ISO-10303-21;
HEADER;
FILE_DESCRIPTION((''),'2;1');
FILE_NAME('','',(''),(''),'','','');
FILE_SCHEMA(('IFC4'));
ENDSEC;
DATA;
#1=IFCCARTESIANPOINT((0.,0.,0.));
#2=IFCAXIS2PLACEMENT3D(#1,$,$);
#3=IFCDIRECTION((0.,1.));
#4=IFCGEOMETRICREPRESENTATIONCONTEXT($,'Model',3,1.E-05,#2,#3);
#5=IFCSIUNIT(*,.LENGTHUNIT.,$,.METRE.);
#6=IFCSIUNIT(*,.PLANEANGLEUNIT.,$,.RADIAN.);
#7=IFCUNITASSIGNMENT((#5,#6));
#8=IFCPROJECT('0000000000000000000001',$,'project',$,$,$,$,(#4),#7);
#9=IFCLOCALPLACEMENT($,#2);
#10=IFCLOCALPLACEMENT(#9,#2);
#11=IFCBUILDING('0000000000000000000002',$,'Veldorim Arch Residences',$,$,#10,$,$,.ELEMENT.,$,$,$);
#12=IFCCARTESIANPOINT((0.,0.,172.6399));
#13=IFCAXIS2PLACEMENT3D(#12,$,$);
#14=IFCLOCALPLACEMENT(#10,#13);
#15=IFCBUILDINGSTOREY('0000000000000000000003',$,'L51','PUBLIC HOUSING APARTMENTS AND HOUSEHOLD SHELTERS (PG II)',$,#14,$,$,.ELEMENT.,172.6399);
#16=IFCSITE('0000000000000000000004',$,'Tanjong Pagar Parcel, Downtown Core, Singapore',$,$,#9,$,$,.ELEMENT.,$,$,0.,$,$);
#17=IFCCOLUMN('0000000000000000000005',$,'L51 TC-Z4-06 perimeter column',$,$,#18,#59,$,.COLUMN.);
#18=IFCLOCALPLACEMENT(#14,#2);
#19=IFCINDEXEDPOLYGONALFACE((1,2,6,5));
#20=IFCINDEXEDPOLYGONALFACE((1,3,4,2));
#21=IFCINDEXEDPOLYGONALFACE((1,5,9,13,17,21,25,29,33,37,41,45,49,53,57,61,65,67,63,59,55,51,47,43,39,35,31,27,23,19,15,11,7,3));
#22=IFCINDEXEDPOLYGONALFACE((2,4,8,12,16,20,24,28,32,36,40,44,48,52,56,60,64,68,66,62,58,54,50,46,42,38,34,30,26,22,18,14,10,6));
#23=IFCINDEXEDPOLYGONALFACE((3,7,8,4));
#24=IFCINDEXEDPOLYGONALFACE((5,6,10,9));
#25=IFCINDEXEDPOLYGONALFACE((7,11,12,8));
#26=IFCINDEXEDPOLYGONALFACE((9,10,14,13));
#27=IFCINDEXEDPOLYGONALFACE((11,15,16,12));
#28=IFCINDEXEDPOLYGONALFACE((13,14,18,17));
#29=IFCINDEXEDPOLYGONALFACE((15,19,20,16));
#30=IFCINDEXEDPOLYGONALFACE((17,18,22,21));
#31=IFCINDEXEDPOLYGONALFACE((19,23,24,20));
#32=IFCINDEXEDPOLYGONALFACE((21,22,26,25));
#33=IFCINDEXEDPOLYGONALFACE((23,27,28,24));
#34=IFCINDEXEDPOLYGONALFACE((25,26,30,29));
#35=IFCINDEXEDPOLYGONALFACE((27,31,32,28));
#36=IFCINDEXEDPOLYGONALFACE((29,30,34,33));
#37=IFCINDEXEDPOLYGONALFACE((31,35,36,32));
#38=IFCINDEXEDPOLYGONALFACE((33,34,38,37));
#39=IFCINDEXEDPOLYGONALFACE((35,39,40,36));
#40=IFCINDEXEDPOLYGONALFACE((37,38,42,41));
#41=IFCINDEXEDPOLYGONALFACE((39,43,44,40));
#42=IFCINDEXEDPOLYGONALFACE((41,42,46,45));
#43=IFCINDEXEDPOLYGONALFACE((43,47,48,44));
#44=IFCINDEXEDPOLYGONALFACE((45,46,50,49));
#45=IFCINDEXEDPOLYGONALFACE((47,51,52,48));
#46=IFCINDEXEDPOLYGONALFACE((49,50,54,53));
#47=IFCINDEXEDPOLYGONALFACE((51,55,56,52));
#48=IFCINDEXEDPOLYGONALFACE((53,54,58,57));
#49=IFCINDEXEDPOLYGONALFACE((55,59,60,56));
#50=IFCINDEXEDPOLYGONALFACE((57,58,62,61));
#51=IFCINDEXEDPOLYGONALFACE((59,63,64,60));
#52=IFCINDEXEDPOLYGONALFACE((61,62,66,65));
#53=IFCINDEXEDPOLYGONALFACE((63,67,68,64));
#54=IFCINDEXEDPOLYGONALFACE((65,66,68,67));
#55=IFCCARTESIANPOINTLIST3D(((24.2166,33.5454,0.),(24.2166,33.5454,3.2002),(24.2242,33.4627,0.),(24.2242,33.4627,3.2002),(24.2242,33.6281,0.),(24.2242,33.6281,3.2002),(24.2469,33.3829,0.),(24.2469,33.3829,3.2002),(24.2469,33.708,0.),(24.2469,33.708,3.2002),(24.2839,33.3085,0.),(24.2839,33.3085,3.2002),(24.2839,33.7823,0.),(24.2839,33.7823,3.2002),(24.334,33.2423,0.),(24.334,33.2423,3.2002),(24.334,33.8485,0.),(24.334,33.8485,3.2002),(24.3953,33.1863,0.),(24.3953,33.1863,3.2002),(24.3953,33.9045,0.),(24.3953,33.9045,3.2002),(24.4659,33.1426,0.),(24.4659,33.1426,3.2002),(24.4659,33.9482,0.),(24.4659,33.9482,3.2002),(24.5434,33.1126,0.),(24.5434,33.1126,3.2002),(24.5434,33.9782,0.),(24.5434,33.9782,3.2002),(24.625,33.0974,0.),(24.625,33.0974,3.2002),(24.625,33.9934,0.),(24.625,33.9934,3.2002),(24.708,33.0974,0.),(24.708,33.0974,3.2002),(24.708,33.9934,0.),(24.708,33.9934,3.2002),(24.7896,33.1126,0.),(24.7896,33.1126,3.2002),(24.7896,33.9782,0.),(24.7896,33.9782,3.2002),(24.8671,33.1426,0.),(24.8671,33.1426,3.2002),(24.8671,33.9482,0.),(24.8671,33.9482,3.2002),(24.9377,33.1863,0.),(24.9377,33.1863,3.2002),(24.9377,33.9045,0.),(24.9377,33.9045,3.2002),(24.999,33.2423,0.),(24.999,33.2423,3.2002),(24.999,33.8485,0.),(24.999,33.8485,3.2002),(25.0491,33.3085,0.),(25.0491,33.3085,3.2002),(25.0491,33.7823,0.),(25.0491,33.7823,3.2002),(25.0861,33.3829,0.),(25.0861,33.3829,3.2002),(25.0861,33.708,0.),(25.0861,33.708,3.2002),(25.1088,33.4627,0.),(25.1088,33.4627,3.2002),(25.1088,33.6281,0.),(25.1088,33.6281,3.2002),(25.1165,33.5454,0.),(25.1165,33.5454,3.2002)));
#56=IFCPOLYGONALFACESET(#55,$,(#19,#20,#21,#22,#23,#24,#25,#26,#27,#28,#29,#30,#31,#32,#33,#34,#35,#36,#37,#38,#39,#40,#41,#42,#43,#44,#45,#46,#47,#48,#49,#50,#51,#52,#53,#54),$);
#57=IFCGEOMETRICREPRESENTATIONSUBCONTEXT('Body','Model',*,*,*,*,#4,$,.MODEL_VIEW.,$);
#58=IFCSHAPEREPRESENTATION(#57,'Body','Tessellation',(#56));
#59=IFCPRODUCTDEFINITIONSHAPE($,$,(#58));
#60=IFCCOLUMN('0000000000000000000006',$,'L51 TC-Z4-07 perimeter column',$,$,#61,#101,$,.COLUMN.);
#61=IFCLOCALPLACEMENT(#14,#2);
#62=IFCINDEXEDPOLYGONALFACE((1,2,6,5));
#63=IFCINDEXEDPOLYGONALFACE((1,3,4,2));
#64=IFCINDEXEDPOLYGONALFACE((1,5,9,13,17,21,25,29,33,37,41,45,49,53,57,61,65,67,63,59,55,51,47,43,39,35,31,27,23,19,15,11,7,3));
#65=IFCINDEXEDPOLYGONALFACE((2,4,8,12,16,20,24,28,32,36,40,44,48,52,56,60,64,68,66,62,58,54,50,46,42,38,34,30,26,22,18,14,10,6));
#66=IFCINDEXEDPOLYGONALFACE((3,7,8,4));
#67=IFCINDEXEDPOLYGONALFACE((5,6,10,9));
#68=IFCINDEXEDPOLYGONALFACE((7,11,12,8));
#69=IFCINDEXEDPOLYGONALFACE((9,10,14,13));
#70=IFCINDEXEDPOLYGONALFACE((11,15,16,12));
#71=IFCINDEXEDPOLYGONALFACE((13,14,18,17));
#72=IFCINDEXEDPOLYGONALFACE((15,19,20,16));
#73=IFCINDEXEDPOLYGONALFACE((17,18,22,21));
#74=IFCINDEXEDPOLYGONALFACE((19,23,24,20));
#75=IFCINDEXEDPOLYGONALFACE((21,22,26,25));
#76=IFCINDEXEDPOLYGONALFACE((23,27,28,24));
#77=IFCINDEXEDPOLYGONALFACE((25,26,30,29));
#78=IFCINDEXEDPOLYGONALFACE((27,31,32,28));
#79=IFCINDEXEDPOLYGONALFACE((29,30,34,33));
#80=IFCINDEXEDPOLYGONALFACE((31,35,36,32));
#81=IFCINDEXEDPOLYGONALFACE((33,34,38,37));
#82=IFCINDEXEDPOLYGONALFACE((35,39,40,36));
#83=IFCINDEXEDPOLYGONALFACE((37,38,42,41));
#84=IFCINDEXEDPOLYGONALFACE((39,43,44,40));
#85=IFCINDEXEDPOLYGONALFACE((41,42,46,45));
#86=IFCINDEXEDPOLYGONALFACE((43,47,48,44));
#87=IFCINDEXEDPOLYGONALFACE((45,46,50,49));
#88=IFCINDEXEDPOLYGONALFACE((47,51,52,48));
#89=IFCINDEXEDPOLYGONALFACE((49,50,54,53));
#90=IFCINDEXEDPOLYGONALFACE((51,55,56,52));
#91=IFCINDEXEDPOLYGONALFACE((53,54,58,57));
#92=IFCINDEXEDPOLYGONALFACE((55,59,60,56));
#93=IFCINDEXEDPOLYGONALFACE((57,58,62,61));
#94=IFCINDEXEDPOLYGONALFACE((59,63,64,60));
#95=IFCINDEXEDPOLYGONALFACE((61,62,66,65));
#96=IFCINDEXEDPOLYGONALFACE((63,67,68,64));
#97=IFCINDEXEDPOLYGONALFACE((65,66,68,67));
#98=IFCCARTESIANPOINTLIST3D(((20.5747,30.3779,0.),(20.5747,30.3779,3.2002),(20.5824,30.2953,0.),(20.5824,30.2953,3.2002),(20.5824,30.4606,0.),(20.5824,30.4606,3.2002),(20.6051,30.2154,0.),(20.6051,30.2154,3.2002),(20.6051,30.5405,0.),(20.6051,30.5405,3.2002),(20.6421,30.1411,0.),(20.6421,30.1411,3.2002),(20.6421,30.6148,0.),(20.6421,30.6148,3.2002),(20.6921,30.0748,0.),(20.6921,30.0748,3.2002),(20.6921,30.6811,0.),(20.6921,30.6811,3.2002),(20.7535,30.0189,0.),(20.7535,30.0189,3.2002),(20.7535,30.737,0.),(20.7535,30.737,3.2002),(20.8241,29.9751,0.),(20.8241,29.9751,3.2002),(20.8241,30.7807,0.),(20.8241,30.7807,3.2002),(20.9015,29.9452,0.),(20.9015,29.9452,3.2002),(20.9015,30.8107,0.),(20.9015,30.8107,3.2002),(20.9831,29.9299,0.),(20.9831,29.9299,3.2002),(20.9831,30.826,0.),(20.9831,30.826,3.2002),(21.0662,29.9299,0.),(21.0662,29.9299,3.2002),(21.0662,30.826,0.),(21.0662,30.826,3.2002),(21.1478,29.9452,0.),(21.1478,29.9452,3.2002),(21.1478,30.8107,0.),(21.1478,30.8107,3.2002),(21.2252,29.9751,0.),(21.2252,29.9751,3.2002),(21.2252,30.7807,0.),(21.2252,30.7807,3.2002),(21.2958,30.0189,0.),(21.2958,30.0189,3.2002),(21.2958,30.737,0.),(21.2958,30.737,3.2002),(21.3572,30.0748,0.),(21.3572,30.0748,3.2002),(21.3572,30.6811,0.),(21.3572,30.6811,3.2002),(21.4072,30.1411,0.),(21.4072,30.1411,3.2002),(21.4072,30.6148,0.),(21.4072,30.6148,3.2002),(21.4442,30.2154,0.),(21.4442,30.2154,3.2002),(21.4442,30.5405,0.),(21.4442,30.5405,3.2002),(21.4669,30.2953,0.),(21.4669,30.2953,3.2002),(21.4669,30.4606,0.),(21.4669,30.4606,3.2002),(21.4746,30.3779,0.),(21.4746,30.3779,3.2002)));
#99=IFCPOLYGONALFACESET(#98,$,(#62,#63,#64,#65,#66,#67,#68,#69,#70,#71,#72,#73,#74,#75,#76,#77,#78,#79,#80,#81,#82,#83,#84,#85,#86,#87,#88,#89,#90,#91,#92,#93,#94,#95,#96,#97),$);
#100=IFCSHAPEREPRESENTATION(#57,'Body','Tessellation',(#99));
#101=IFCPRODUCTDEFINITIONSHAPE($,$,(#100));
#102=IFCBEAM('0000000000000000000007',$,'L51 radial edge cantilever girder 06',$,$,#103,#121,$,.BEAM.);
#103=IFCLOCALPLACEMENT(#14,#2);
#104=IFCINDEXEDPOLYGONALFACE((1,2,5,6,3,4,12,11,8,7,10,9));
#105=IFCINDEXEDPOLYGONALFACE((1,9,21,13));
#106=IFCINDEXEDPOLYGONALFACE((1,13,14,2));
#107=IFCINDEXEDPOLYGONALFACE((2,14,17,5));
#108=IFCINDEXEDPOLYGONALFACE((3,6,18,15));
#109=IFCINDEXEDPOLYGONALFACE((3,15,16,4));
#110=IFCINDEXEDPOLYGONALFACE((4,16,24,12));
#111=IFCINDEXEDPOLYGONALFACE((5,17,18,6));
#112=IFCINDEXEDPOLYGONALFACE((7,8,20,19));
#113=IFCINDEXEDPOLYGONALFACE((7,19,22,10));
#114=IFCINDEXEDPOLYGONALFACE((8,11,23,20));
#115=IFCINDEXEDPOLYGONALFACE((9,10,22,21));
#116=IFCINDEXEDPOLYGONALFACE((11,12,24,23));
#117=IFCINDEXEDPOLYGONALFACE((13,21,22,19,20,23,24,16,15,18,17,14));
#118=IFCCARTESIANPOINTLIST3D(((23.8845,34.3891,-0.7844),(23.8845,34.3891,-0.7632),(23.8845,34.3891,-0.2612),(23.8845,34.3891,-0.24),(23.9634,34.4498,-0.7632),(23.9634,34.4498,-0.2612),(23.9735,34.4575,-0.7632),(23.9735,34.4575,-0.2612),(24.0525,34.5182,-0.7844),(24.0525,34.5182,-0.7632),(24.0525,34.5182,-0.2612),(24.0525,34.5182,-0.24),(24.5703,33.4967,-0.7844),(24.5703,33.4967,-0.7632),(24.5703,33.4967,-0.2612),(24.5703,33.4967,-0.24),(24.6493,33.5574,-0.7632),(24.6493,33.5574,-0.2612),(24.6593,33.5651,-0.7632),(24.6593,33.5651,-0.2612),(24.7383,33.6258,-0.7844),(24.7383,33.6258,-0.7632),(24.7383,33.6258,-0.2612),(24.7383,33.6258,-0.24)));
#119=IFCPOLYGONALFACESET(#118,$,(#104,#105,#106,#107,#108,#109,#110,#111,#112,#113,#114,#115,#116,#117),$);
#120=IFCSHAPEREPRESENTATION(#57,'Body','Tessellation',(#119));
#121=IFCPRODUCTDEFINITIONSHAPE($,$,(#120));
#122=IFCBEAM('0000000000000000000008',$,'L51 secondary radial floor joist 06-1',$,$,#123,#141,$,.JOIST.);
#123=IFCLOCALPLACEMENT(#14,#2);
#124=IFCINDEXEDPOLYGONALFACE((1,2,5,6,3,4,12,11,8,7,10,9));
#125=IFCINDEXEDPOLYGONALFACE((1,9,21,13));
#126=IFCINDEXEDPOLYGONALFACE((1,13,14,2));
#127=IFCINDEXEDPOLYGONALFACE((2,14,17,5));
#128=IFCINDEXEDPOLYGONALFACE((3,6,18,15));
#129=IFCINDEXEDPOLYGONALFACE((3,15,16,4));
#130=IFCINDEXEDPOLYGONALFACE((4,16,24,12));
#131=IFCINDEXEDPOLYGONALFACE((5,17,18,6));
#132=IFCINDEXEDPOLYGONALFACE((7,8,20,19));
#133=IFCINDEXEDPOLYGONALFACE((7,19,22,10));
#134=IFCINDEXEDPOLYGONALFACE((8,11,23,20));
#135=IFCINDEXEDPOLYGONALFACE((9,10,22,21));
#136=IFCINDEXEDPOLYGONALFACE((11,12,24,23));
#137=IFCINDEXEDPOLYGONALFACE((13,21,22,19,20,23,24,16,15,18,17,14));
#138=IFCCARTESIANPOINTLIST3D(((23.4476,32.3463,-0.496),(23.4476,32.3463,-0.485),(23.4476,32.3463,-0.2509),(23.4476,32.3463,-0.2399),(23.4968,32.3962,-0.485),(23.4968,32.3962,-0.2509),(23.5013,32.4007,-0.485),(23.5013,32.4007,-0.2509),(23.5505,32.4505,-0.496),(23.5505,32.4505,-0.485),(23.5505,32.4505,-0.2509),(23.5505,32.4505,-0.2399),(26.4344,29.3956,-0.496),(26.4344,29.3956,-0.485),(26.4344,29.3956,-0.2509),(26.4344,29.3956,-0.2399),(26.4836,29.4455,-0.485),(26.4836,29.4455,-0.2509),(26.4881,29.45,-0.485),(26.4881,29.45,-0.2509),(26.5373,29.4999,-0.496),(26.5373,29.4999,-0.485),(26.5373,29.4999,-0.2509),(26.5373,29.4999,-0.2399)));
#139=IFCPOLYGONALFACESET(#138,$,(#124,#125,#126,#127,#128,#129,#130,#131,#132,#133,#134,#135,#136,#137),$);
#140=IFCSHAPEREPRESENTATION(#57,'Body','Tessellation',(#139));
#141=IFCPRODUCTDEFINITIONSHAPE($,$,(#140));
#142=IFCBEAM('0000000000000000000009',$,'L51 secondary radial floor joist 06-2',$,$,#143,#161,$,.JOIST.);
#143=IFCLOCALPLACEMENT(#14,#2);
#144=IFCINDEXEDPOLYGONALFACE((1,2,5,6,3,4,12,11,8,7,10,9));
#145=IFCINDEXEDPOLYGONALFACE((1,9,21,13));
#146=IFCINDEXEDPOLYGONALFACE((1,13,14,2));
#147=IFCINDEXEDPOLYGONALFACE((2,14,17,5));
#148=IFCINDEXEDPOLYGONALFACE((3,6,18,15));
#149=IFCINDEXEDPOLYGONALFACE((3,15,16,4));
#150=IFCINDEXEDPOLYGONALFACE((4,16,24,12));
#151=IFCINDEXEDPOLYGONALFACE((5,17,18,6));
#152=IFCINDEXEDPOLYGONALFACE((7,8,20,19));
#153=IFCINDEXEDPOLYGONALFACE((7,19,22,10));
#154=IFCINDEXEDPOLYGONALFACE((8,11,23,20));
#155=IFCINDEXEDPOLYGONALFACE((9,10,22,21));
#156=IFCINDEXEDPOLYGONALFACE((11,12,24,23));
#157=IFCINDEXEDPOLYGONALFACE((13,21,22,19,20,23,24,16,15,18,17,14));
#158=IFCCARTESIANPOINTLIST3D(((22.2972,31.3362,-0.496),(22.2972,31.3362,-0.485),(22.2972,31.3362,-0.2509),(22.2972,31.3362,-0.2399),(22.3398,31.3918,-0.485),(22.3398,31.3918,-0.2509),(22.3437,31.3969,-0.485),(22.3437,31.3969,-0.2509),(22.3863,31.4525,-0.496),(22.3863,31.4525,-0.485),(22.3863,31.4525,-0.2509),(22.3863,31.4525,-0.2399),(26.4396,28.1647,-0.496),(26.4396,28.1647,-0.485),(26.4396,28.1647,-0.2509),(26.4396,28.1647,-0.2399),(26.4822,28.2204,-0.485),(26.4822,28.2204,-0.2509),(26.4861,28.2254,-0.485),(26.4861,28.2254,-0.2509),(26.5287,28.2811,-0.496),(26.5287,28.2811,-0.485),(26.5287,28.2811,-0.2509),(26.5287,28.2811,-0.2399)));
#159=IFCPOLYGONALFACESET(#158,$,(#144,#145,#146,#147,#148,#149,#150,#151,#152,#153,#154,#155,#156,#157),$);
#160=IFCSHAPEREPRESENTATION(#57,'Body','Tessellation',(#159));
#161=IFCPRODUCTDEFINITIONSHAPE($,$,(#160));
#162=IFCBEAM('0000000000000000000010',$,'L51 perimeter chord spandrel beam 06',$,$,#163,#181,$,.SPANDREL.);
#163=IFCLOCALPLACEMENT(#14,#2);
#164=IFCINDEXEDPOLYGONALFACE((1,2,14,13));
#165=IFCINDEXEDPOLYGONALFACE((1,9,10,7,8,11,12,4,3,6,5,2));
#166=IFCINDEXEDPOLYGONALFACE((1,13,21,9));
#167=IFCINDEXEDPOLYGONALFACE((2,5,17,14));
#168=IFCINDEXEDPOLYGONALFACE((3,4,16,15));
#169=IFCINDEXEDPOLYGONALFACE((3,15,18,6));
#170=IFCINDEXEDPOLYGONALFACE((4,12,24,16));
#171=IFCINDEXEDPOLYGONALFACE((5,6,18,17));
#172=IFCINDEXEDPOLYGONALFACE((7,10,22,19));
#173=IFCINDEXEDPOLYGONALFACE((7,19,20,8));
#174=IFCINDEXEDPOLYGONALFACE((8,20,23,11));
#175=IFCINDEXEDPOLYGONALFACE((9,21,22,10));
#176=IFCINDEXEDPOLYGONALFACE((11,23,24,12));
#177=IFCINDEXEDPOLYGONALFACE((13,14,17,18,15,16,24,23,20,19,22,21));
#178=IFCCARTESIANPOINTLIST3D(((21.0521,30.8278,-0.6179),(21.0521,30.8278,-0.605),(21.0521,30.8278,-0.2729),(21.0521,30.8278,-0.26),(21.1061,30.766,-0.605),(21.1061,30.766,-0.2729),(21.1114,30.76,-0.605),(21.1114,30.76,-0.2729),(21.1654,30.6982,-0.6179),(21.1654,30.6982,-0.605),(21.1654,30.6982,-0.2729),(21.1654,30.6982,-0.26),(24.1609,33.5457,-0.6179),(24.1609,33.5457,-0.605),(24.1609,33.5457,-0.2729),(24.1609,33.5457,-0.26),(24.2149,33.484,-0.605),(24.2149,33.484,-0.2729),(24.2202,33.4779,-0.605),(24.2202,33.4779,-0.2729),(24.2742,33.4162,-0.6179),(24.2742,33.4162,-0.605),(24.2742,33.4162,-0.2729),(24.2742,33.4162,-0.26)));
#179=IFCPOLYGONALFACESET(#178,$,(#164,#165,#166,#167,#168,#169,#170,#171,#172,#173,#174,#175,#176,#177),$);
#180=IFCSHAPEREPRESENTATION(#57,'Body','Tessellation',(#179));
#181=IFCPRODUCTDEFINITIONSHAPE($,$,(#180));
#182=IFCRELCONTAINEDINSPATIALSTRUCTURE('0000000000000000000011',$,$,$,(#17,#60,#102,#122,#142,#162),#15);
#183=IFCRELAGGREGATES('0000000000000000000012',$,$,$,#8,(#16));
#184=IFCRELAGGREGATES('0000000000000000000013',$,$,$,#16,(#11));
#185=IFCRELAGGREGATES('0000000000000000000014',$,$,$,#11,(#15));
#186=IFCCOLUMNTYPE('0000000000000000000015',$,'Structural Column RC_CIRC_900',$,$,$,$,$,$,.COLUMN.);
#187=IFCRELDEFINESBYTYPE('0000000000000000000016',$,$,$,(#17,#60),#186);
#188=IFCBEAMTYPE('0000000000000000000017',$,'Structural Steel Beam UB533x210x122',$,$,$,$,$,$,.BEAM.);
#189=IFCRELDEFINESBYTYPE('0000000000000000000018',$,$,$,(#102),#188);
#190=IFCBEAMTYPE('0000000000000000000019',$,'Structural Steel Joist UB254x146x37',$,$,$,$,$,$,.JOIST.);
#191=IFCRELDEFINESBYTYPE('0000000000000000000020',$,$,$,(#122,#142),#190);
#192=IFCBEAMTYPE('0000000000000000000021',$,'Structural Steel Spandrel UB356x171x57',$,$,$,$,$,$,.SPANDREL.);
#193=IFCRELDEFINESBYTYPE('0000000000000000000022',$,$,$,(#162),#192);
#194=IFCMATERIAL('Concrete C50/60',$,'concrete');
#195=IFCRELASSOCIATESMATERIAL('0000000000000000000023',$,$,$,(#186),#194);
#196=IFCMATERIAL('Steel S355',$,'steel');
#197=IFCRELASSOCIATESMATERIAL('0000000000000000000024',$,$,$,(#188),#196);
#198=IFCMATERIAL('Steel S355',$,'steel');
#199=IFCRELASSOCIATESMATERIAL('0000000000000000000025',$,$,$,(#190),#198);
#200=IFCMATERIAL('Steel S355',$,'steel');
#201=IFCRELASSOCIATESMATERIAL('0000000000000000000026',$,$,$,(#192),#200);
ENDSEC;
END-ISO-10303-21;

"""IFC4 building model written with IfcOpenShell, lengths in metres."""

from ifc_helpers import new_model, si_unit, direction, frame, origin, origin_2d, place, context, subcontext, project, spatial, circle, i_section, extrude, material, material_profile, profile_set, type_object, element, save


model = new_model("IFC4")

# Units and contexts
model_context = context("Model", 3, precision=1e-05, world=origin(), true_north=direction((0.0, 1.0)))
body_context = subcontext(model_context, "Body", "Model", "MODEL_VIEW")
ifc_project = project(units=[si_unit("LENGTHUNIT", "METRE"), si_unit("PLANEANGLEUNIT", "RADIAN")], contexts=[model_context])

# Site, building, storey
site_placement = place(None, origin())
site = spatial("IfcSite", under=ifc_project, at=site_placement, Name="Tanjong Pagar Parcel, Downtown Core, Singapore", CompositionType="ELEMENT", RefElevation=0.0)
building_placement = place(site_placement, origin())
building = spatial("IfcBuilding", under=site, at=building_placement, Name="Veldorim Arch Residences", CompositionType="ELEMENT")
storey_placement = place(building_placement, frame((0.0, 0.0, 172.6399)))
storey = spatial("IfcBuildingStorey", under=building, at=storey_placement, Name="L51", Description="PUBLIC HOUSING APARTMENTS AND HOUSEHOLD SHELTERS (PG II)", CompositionType="ELEMENT", Elevation=172.6399)

# Columns
ifc_material_1 = material(Name="Concrete C50/60", Category="concrete")
ifc_material_profile_1 = material_profile(ifc_material_1, circle(Radius=0.45, at=origin_2d()), Name="RC_CIRC_900")
ifc_profile_set_1 = profile_set([ifc_material_profile_1], Name="Concrete C50/60")
column_type = type_object("IfcColumnType", Name="Structural Column RC_CIRC_900", PredefinedType="COLUMN", material=ifc_profile_set_1)
for number, where, z_axis, x_axis, name in (
    (1, (24.6665, 33.5454, 0.0), (0.0, 0.0, 1.0), (1.0, 0.0, 0.0), "L51 TC-Z4-06 perimeter column"),
    (2, (21.0247, 30.3779, 0.0), (0.0, 0.0, 1.0), (1.0, 0.0, 0.0), "L51 TC-Z4-07 perimeter column"),
):
    element("IfcColumn", number, at=place(storey_placement, frame(where, z_axis=z_axis, x_axis=x_axis)), inside=storey, type_object=column_type, Name=name, PredefinedType="COLUMN", context=body_context, shape_type="SweptSolid", body=[
        extrude(circle(Radius=0.45, at=origin_2d()), origin(), (0.0, 0.0, 1.0), 3.2002),
    ])

# Beams
ifc_material_2 = material(Name="Steel S355", Category="steel")
ifc_material_profile_2 = material_profile(ifc_material_2, i_section(OverallWidth=0.2119, OverallDepth=0.5444, WebThickness=0.0127, FlangeThickness=0.0212, at=origin_2d()), Name="UB533x210x122")
ifc_profile_set_2 = profile_set([ifc_material_profile_2], Name="Steel S355")
beam_type_1 = type_object("IfcBeamType", Name="Structural Steel Beam UB533x210x122", PredefinedType="BEAM", material=ifc_profile_set_2)
beam_1_placement = place(storey_placement, frame((24.6543, 33.5613, -0.5122), z_axis=(-0.609365, 0.79289, 0.0), x_axis=(-0.79289, -0.609365, 0.0)))
element("IfcBeam", 3, at=beam_1_placement, inside=storey, type_object=beam_type_1, Name="L51 radial edge cantilever girder 06", PredefinedType="BEAM", context=body_context, shape_type="SweptSolid", body=[
    extrude(i_section(OverallWidth=0.2119, OverallDepth=0.5444, WebThickness=0.0127, FlangeThickness=0.0212, at=origin_2d()), origin(), (0.0, 0.0, 1.0), 1.1255),
])
ifc_material_3 = material(Name="Steel S355", Category="steel")
ifc_material_profile_3 = material_profile(ifc_material_3, i_section(OverallWidth=0.1465, OverallDepth=0.2561, WebThickness=0.0063, FlangeThickness=0.011, at=origin_2d()), Name="UB254x146x37")
ifc_profile_set_3 = profile_set([ifc_material_profile_3], Name="Steel S355")
beam_type_2 = type_object("IfcBeamType", Name="Structural Steel Joist UB254x146x37", PredefinedType="JOIST", material=ifc_profile_set_3)
beam_2_placement = place(storey_placement, frame((26.4858, 29.4478, -0.3679), z_axis=(-0.711397, 0.702791, 0.0), x_axis=(-0.702791, -0.711397, 0.0)))
element("IfcBeam", 4, at=beam_2_placement, inside=storey, type_object=beam_type_2, Name="L51 secondary radial floor joist 06-1", PredefinedType="JOIST", context=body_context, shape_type="SweptSolid", body=[
    extrude(i_section(OverallWidth=0.1465, OverallDepth=0.2561, WebThickness=0.0063, FlangeThickness=0.011, at=origin_2d()), origin(), (0.0, 0.0, 1.0), 4.1985),
])
beam_3_placement = place(storey_placement, frame((26.4841, 28.2229, -0.3679), z_axis=(-0.794014, 0.6079, 0.0), x_axis=(-0.6079, -0.794014, 0.0)))
element("IfcBeam", 5, at=beam_3_placement, inside=storey, type_object=beam_type_2, Name="L51 secondary radial floor joist 06-2", PredefinedType="JOIST", context=body_context, shape_type="SweptSolid", body=[
    extrude(i_section(OverallWidth=0.1465, OverallDepth=0.2561, WebThickness=0.0063, FlangeThickness=0.011, at=origin_2d()), origin(), (0.0, 0.0, 1.0), 5.217),
])
ifc_material_4 = material(Name="Steel S355", Category="steel")
ifc_material_profile_4 = material_profile(ifc_material_4, i_section(OverallWidth=0.1721, OverallDepth=0.3579, WebThickness=0.0081, FlangeThickness=0.0129, at=origin_2d()), Name="UB356x171x57")
ifc_profile_set_4 = profile_set([ifc_material_profile_4], Name="Steel S355")
beam_type_3 = type_object("IfcBeamType", Name="Structural Steel Spandrel UB356x171x57", PredefinedType="SPANDREL", material=ifc_profile_set_4)
beam_4_placement = place(storey_placement, frame((24.2175, 33.481, -0.439), z_axis=(-0.752848, -0.658195, 0.0), x_axis=(0.658195, -0.752848, 0.0)))
element("IfcBeam", 6, at=beam_4_placement, inside=storey, type_object=beam_type_3, Name="L51 perimeter chord spandrel beam 06", PredefinedType="SPANDREL", context=body_context, shape_type="SweptSolid", body=[
    extrude(i_section(OverallWidth=0.1721, OverallDepth=0.3579, WebThickness=0.0081, FlangeThickness=0.0129, at=origin_2d()), origin(), (0.0, 0.0, 1.0), 4.1294),
])

save(model, "model.ifc")
